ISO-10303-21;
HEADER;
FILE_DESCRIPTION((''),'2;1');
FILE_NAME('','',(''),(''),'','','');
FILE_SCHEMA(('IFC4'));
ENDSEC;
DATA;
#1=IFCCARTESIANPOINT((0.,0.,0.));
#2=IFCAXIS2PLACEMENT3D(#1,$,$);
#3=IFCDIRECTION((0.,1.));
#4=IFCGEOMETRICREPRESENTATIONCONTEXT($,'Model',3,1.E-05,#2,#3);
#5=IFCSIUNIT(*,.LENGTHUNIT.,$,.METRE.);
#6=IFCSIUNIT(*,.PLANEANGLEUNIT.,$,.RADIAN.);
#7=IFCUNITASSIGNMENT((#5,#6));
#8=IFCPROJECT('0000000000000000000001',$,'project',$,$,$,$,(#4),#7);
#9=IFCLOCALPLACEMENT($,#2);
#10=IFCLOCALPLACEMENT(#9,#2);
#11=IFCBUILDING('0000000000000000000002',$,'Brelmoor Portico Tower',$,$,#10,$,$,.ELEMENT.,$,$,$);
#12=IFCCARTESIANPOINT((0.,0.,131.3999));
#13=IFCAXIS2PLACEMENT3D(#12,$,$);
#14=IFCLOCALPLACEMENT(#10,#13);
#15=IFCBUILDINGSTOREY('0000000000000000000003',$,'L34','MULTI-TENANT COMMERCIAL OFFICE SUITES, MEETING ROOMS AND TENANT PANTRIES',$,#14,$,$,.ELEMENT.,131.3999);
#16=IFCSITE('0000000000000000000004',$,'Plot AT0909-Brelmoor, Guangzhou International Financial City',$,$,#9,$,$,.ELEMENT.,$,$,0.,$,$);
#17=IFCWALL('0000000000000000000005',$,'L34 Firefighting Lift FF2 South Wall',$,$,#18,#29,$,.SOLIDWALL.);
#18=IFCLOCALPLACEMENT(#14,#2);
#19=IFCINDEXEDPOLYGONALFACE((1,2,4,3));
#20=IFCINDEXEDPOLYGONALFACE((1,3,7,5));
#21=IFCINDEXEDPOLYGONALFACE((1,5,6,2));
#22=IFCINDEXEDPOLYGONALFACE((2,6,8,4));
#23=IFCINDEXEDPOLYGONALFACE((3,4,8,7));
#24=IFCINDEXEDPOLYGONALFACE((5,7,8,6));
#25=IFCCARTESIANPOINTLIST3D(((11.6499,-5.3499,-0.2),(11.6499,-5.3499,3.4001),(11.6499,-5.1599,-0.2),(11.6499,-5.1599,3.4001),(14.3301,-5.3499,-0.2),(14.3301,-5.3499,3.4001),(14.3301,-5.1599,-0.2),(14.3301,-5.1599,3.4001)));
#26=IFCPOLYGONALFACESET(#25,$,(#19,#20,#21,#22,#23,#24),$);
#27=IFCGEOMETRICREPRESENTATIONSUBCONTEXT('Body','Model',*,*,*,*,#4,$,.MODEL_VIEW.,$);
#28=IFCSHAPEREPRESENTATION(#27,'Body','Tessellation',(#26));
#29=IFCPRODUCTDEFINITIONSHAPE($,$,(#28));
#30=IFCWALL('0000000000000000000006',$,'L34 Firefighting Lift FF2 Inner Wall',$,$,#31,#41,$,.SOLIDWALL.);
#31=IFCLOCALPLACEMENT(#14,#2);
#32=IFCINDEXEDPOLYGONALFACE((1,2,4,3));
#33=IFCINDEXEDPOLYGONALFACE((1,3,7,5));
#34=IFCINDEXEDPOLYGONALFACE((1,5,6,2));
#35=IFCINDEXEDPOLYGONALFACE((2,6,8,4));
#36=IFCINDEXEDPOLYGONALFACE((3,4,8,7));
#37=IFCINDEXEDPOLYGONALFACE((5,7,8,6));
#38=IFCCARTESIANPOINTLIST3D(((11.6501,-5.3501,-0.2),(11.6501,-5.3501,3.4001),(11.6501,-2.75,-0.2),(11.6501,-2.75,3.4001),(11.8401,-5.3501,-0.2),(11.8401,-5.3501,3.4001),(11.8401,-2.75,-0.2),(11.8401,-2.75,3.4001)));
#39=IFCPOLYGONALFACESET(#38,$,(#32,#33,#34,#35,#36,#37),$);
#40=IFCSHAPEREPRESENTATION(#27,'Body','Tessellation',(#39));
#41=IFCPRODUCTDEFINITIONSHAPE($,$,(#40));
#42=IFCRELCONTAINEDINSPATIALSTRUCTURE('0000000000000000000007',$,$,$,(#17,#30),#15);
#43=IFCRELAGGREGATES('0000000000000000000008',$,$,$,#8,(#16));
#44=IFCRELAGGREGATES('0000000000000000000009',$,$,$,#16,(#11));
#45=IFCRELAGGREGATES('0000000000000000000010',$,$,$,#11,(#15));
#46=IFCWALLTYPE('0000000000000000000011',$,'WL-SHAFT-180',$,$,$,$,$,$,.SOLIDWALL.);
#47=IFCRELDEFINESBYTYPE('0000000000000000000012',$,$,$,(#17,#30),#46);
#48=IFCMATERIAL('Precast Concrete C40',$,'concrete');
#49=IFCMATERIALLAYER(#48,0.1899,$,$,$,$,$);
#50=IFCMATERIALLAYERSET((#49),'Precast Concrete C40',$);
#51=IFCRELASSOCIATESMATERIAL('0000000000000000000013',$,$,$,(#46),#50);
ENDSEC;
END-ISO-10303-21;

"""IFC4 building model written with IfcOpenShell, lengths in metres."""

from ifc_helpers import new_model, si_unit, direction, frame, frame_2d, origin, place, context, subcontext, project, spatial, rectangle, extrude, material, layer, layer_set, type_object, element, save


model = new_model("IFC4")

# Units and contexts
model_context = context("Model", 3, precision=1e-05, world=origin(), true_north=direction((0.0, 1.0)))
body_context = subcontext(model_context, "Body", "Model", "MODEL_VIEW")
ifc_project = project(units=[si_unit("LENGTHUNIT", "METRE"), si_unit("PLANEANGLEUNIT", "RADIAN")], contexts=[model_context])

# Site, building, storey
site_placement = place(None, origin())
site = spatial("IfcSite", under=ifc_project, at=site_placement, Name="Plot AT0909-Brelmoor, Guangzhou International Financial City", CompositionType="ELEMENT", RefElevation=0.0)
building_placement = place(site_placement, origin())
building = spatial("IfcBuilding", under=site, at=building_placement, Name="Brelmoor Portico Tower", CompositionType="ELEMENT")
storey_placement = place(building_placement, frame((0.0, 0.0, 131.3999)))
storey = spatial("IfcBuildingStorey", under=building, at=storey_placement, Name="L34", Description="MULTI-TENANT COMMERCIAL OFFICE SUITES, MEETING ROOMS AND TENANT PANTRIES", CompositionType="ELEMENT", Elevation=131.3999)

# Shared definitions
ifc_material_1 = material(Name="Precast Concrete C40", Category="concrete")
ifc_layer_1 = layer(ifc_material_1, 0.1899)
ifc_layer_set_1 = layer_set([ifc_layer_1], Name="Precast Concrete C40")
wall_type_1 = type_object("IfcWallType", Name="WL-SHAFT-180", PredefinedType="SOLIDWALL", material=ifc_layer_set_1)

# Walls
wall_1_placement = place(storey_placement, frame((11.6499, -5.2549, -0.2), z_axis=(0.0, 0.0, 1.0), x_axis=(1.0, 0.0, 0.0)))
element("IfcWall", 1, at=wall_1_placement, inside=storey, type_object=wall_type_1, Name="L34 Firefighting Lift FF2 South Wall", PredefinedType="SOLIDWALL", context=body_context, shape_type="SweptSolid", body=[
    extrude(rectangle(XDim=2.6802, YDim=0.1899, at=frame_2d((1.3401, 0.0))), origin(), (0.0, 0.0, 1.0), 3.6001),
])
wall_2_placement = place(storey_placement, frame((11.7451, -5.3501, -0.2), z_axis=(0.0, 0.0, 1.0), x_axis=(0.0, 1.0, 0.0)))
element("IfcWall", 2, at=wall_2_placement, inside=storey, type_object=wall_type_1, Name="L34 Firefighting Lift FF2 Inner Wall", PredefinedType="SOLIDWALL", context=body_context, shape_type="SweptSolid", body=[
    extrude(rectangle(XDim=2.6001, YDim=0.1899, at=frame_2d((1.3, 0.0))), origin(), (0.0, 0.0, 1.0), 3.6001),
])

save(model, "model.ifc")
